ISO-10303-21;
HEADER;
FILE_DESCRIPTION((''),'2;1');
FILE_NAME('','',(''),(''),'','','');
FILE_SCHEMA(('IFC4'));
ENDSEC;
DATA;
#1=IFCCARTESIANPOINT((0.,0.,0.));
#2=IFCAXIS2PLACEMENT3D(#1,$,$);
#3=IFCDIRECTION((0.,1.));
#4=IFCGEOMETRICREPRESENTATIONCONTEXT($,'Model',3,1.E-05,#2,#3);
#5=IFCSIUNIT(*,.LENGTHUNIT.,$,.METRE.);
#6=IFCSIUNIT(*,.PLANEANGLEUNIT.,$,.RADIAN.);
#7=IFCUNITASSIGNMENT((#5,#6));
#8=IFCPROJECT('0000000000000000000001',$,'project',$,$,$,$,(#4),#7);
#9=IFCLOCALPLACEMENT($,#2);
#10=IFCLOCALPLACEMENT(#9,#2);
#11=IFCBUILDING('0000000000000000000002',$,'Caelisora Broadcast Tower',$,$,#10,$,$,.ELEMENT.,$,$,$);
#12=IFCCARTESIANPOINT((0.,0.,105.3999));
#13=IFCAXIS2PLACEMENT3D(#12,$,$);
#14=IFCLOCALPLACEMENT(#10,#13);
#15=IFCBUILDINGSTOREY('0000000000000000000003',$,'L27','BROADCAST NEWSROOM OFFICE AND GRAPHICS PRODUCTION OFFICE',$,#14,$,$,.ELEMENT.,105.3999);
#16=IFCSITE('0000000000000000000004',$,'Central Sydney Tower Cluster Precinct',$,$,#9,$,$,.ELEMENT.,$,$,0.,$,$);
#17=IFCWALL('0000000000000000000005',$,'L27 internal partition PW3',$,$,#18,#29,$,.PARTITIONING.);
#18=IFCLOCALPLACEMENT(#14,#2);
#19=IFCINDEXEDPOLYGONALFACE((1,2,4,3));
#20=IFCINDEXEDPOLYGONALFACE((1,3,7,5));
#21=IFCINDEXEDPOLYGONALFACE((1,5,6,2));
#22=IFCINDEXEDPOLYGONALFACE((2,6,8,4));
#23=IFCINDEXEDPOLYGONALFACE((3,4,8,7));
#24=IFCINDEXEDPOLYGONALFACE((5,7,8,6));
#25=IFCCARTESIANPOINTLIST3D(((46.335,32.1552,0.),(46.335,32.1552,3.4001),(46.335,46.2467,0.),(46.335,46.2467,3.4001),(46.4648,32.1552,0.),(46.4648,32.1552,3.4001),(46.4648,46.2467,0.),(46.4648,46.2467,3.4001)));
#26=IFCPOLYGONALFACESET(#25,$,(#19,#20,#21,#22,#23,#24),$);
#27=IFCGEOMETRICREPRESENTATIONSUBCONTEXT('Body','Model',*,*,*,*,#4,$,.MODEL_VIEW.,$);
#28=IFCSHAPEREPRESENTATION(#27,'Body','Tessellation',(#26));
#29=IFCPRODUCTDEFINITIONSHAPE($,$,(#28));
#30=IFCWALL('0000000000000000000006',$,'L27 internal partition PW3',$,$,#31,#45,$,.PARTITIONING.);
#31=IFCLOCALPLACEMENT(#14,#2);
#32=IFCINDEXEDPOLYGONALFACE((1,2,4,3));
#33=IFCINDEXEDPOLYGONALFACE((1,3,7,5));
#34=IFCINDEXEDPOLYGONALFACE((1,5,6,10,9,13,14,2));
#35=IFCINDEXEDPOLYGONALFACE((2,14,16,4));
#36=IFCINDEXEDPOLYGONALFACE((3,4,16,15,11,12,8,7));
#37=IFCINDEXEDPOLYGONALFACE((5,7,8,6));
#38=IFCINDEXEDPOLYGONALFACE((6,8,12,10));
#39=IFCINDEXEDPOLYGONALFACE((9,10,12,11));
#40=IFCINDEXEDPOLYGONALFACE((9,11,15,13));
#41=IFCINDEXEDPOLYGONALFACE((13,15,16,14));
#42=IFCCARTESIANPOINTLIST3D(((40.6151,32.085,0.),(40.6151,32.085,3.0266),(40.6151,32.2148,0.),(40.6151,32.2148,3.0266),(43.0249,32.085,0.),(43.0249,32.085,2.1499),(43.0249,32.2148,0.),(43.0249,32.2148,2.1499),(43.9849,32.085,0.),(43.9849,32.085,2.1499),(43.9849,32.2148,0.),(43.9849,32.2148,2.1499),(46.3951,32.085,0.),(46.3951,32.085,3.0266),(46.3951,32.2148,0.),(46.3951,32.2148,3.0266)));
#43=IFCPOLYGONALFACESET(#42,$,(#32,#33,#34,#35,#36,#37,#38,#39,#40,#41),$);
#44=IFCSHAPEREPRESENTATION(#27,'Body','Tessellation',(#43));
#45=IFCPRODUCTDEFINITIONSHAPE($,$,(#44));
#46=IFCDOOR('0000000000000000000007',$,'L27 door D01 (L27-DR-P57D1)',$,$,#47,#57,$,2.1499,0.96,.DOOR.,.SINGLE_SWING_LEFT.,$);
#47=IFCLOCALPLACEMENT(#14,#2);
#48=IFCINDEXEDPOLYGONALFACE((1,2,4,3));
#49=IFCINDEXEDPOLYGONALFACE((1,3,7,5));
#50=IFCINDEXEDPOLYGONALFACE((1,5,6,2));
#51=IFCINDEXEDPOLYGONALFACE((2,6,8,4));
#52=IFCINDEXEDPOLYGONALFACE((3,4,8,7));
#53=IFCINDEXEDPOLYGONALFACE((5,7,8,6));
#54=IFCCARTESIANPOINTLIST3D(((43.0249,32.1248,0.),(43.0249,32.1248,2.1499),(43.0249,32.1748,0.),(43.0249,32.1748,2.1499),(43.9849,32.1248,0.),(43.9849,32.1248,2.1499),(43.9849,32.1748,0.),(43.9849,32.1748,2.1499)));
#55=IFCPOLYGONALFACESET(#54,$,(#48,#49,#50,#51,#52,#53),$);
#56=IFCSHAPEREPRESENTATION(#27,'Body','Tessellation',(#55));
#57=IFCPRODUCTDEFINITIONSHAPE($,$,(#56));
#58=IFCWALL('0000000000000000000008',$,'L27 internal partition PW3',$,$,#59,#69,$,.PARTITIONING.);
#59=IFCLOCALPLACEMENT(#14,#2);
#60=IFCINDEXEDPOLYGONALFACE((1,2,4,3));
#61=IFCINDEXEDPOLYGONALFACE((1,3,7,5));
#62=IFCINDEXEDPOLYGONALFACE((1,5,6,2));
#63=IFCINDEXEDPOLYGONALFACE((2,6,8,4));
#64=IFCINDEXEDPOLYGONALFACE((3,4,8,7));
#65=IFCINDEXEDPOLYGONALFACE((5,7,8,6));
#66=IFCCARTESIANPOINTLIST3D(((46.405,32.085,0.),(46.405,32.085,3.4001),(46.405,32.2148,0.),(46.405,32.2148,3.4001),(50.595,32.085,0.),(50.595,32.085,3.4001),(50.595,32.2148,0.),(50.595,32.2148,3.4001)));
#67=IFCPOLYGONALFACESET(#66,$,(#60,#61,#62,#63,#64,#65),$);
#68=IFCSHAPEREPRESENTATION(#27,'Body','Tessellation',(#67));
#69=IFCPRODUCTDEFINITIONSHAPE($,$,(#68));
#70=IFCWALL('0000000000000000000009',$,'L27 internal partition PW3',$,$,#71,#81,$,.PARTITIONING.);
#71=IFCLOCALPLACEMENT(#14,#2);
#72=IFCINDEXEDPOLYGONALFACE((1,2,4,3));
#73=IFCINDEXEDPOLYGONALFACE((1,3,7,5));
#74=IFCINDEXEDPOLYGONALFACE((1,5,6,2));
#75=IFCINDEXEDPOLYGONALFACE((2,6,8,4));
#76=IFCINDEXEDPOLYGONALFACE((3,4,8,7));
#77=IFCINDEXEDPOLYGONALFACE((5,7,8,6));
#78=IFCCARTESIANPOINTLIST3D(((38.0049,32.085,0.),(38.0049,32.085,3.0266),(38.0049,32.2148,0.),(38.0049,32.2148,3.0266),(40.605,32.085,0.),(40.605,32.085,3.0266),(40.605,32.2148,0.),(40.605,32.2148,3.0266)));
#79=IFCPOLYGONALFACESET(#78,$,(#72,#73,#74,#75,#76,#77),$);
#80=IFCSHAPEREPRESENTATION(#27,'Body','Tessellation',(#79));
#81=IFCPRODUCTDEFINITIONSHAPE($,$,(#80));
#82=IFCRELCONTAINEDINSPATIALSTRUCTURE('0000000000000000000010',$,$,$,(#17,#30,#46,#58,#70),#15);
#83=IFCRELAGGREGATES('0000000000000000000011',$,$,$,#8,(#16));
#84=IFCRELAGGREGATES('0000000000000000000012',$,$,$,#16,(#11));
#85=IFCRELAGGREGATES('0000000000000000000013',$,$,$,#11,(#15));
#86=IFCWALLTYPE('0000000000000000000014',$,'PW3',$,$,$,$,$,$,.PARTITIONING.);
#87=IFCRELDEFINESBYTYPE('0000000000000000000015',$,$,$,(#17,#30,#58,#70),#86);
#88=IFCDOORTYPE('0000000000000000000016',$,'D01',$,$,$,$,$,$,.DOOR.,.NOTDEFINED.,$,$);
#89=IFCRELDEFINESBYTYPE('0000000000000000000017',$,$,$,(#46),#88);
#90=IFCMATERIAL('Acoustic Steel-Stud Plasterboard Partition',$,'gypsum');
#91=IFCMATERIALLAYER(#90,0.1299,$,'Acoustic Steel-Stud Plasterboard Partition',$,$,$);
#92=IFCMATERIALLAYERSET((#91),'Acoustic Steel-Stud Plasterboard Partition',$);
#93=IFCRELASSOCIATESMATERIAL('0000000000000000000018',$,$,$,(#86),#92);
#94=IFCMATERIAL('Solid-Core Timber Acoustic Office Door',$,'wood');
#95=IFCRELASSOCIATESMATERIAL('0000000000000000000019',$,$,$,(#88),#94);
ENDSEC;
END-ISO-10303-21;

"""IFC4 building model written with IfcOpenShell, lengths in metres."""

from ifc_helpers import new_model, si_unit, direction, frame, frame_2d, origin, place, context, subcontext, project, spatial, rectangle, extrude, material, layer, layer_set, type_object, element, fill, save


model = new_model("IFC4")

# Units and contexts
model_context = context("Model", 3, precision=1e-05, world=origin(), true_north=direction((0.0, 1.0)))
body_context = subcontext(model_context, "Body", "Model", "MODEL_VIEW")
ifc_project = project(units=[si_unit("LENGTHUNIT", "METRE"), si_unit("PLANEANGLEUNIT", "RADIAN")], contexts=[model_context])

# Site, building, storey
site_placement = place(None, origin())
site = spatial("IfcSite", under=ifc_project, at=site_placement, Name="Central Sydney Tower Cluster Precinct", CompositionType="ELEMENT", RefElevation=0.0)
building_placement = place(site_placement, origin())
building = spatial("IfcBuilding", under=site, at=building_placement, Name="Caelisora Broadcast Tower", CompositionType="ELEMENT")
storey_placement = place(building_placement, frame((0.0, 0.0, 105.3999)))
storey = spatial("IfcBuildingStorey", under=building, at=storey_placement, Name="L27", Description="BROADCAST NEWSROOM OFFICE AND GRAPHICS PRODUCTION OFFICE", CompositionType="ELEMENT", Elevation=105.3999)

# Wall
ifc_material_1 = material(Name="Acoustic Steel-Stud Plasterboard Partition", Category="gypsum")
ifc_layer_1 = layer(ifc_material_1, 0.1299, Name="Acoustic Steel-Stud Plasterboard Partition")
ifc_layer_set_1 = layer_set([ifc_layer_1], Name="Acoustic Steel-Stud Plasterboard Partition")
wall_type = type_object("IfcWallType", Name="PW3", PredefinedType="PARTITIONING", material=ifc_layer_set_1)
wall_1_placement = place(storey_placement, frame((46.3999, 32.155, 0.0), z_axis=(0.0, 0.0, 1.0), x_axis=(0.0, 1.0, 0.0)))
element("IfcWall", 1, at=wall_1_placement, inside=storey, type_object=wall_type, Name="L27 internal partition PW3", PredefinedType="PARTITIONING", context=body_context, shape_type="SweptSolid", body=[
    extrude(rectangle(XDim=14.0916, YDim=0.1299, at=frame_2d((7.0459, 0.0))), origin(), (0.0, 0.0, 1.0), 3.4001),
])

# Wall, opening, door
wall_2_placement = place(storey_placement, frame((40.615, 32.1499, 0.0), z_axis=(0.0, 0.0, 1.0), x_axis=(1.0, 0.0, 0.0)))
wall_2 = element("IfcWall", 2, at=wall_2_placement, inside=storey, type_object=wall_type, Name="L27 internal partition PW3", PredefinedType="PARTITIONING", context=body_context, shape_type="SweptSolid", body=[
    extrude(rectangle(XDim=5.78, YDim=0.1299, at=frame_2d((2.8901, 0.0))), origin(), (0.0, 0.0, 1.0), 3.0266),
])
opening_1_placement = place(wall_2_placement, frame((2.4099, 0.0, 0.0)))
opening_1 = element("IfcOpeningElement", 3, at=opening_1_placement, cuts=wall_2, PredefinedType="OPENING", context=body_context, shape_type="SweptSolid", body=[
    extrude(rectangle(XDim=0.96, YDim=2.1499, at=frame_2d((0.48, 1.075))), frame((0.0, 0.0769, 0.0), z_axis=(0.0, -1.0, 0.0), x_axis=(1.0, 0.0, 0.0)), (0.0, 0.0, 1.0), 0.1538),
])
ifc_material_2 = material(Name="Solid-Core Timber Acoustic Office Door", Category="wood")
door_type = type_object("IfcDoorType", Name="D01", OperationType="NOTDEFINED", PredefinedType="DOOR", material=ifc_material_2)
door_1_placement = place(opening_1_placement, origin())
door_1 = element("IfcDoor", 4, at=door_1_placement, inside=storey, type_object=door_type, Name="L27 door D01 (L27-DR-P57D1)", OperationType="SINGLE_SWING_LEFT", OverallHeight=2.1499, OverallWidth=0.96, PredefinedType="DOOR", context=body_context, shape_type="SweptSolid", body=[
    extrude(rectangle(XDim=0.96, YDim=2.1499, at=frame_2d((0.48, 1.075))), frame((0.0, 0.0249, 0.0), z_axis=(0.0, -1.0, 0.0), x_axis=(1.0, 0.0, 0.0)), (0.0, 0.0, 1.0), 0.05),
])
fill(opening_1, door_1)

# Wall
wall_3_placement = place(storey_placement, frame((46.405, 32.1499, 0.0), z_axis=(0.0, 0.0, 1.0), x_axis=(1.0, 0.0, 0.0)))
element("IfcWall", 5, at=wall_3_placement, inside=storey, type_object=wall_type, Name="L27 internal partition PW3", PredefinedType="PARTITIONING", context=body_context, shape_type="SweptSolid", body=[
    extrude(rectangle(XDim=4.1899, YDim=0.1299, at=frame_2d((2.095, 0.0))), origin(), (0.0, 0.0, 1.0), 3.4001),
])

# Wall
wall_4_placement = place(storey_placement, frame((38.0049, 32.1499, 0.0), z_axis=(0.0, 0.0, 1.0), x_axis=(1.0, 0.0, 0.0)))
element("IfcWall", 6, at=wall_4_placement, inside=storey, type_object=wall_type, Name="L27 internal partition PW3", PredefinedType="PARTITIONING", context=body_context, shape_type="SweptSolid", body=[
    extrude(rectangle(XDim=2.6001, YDim=0.1299, at=frame_2d((1.3, 0.0))), origin(), (0.0, 0.0, 1.0), 3.0266),
])

save(model, "model.ifc")
